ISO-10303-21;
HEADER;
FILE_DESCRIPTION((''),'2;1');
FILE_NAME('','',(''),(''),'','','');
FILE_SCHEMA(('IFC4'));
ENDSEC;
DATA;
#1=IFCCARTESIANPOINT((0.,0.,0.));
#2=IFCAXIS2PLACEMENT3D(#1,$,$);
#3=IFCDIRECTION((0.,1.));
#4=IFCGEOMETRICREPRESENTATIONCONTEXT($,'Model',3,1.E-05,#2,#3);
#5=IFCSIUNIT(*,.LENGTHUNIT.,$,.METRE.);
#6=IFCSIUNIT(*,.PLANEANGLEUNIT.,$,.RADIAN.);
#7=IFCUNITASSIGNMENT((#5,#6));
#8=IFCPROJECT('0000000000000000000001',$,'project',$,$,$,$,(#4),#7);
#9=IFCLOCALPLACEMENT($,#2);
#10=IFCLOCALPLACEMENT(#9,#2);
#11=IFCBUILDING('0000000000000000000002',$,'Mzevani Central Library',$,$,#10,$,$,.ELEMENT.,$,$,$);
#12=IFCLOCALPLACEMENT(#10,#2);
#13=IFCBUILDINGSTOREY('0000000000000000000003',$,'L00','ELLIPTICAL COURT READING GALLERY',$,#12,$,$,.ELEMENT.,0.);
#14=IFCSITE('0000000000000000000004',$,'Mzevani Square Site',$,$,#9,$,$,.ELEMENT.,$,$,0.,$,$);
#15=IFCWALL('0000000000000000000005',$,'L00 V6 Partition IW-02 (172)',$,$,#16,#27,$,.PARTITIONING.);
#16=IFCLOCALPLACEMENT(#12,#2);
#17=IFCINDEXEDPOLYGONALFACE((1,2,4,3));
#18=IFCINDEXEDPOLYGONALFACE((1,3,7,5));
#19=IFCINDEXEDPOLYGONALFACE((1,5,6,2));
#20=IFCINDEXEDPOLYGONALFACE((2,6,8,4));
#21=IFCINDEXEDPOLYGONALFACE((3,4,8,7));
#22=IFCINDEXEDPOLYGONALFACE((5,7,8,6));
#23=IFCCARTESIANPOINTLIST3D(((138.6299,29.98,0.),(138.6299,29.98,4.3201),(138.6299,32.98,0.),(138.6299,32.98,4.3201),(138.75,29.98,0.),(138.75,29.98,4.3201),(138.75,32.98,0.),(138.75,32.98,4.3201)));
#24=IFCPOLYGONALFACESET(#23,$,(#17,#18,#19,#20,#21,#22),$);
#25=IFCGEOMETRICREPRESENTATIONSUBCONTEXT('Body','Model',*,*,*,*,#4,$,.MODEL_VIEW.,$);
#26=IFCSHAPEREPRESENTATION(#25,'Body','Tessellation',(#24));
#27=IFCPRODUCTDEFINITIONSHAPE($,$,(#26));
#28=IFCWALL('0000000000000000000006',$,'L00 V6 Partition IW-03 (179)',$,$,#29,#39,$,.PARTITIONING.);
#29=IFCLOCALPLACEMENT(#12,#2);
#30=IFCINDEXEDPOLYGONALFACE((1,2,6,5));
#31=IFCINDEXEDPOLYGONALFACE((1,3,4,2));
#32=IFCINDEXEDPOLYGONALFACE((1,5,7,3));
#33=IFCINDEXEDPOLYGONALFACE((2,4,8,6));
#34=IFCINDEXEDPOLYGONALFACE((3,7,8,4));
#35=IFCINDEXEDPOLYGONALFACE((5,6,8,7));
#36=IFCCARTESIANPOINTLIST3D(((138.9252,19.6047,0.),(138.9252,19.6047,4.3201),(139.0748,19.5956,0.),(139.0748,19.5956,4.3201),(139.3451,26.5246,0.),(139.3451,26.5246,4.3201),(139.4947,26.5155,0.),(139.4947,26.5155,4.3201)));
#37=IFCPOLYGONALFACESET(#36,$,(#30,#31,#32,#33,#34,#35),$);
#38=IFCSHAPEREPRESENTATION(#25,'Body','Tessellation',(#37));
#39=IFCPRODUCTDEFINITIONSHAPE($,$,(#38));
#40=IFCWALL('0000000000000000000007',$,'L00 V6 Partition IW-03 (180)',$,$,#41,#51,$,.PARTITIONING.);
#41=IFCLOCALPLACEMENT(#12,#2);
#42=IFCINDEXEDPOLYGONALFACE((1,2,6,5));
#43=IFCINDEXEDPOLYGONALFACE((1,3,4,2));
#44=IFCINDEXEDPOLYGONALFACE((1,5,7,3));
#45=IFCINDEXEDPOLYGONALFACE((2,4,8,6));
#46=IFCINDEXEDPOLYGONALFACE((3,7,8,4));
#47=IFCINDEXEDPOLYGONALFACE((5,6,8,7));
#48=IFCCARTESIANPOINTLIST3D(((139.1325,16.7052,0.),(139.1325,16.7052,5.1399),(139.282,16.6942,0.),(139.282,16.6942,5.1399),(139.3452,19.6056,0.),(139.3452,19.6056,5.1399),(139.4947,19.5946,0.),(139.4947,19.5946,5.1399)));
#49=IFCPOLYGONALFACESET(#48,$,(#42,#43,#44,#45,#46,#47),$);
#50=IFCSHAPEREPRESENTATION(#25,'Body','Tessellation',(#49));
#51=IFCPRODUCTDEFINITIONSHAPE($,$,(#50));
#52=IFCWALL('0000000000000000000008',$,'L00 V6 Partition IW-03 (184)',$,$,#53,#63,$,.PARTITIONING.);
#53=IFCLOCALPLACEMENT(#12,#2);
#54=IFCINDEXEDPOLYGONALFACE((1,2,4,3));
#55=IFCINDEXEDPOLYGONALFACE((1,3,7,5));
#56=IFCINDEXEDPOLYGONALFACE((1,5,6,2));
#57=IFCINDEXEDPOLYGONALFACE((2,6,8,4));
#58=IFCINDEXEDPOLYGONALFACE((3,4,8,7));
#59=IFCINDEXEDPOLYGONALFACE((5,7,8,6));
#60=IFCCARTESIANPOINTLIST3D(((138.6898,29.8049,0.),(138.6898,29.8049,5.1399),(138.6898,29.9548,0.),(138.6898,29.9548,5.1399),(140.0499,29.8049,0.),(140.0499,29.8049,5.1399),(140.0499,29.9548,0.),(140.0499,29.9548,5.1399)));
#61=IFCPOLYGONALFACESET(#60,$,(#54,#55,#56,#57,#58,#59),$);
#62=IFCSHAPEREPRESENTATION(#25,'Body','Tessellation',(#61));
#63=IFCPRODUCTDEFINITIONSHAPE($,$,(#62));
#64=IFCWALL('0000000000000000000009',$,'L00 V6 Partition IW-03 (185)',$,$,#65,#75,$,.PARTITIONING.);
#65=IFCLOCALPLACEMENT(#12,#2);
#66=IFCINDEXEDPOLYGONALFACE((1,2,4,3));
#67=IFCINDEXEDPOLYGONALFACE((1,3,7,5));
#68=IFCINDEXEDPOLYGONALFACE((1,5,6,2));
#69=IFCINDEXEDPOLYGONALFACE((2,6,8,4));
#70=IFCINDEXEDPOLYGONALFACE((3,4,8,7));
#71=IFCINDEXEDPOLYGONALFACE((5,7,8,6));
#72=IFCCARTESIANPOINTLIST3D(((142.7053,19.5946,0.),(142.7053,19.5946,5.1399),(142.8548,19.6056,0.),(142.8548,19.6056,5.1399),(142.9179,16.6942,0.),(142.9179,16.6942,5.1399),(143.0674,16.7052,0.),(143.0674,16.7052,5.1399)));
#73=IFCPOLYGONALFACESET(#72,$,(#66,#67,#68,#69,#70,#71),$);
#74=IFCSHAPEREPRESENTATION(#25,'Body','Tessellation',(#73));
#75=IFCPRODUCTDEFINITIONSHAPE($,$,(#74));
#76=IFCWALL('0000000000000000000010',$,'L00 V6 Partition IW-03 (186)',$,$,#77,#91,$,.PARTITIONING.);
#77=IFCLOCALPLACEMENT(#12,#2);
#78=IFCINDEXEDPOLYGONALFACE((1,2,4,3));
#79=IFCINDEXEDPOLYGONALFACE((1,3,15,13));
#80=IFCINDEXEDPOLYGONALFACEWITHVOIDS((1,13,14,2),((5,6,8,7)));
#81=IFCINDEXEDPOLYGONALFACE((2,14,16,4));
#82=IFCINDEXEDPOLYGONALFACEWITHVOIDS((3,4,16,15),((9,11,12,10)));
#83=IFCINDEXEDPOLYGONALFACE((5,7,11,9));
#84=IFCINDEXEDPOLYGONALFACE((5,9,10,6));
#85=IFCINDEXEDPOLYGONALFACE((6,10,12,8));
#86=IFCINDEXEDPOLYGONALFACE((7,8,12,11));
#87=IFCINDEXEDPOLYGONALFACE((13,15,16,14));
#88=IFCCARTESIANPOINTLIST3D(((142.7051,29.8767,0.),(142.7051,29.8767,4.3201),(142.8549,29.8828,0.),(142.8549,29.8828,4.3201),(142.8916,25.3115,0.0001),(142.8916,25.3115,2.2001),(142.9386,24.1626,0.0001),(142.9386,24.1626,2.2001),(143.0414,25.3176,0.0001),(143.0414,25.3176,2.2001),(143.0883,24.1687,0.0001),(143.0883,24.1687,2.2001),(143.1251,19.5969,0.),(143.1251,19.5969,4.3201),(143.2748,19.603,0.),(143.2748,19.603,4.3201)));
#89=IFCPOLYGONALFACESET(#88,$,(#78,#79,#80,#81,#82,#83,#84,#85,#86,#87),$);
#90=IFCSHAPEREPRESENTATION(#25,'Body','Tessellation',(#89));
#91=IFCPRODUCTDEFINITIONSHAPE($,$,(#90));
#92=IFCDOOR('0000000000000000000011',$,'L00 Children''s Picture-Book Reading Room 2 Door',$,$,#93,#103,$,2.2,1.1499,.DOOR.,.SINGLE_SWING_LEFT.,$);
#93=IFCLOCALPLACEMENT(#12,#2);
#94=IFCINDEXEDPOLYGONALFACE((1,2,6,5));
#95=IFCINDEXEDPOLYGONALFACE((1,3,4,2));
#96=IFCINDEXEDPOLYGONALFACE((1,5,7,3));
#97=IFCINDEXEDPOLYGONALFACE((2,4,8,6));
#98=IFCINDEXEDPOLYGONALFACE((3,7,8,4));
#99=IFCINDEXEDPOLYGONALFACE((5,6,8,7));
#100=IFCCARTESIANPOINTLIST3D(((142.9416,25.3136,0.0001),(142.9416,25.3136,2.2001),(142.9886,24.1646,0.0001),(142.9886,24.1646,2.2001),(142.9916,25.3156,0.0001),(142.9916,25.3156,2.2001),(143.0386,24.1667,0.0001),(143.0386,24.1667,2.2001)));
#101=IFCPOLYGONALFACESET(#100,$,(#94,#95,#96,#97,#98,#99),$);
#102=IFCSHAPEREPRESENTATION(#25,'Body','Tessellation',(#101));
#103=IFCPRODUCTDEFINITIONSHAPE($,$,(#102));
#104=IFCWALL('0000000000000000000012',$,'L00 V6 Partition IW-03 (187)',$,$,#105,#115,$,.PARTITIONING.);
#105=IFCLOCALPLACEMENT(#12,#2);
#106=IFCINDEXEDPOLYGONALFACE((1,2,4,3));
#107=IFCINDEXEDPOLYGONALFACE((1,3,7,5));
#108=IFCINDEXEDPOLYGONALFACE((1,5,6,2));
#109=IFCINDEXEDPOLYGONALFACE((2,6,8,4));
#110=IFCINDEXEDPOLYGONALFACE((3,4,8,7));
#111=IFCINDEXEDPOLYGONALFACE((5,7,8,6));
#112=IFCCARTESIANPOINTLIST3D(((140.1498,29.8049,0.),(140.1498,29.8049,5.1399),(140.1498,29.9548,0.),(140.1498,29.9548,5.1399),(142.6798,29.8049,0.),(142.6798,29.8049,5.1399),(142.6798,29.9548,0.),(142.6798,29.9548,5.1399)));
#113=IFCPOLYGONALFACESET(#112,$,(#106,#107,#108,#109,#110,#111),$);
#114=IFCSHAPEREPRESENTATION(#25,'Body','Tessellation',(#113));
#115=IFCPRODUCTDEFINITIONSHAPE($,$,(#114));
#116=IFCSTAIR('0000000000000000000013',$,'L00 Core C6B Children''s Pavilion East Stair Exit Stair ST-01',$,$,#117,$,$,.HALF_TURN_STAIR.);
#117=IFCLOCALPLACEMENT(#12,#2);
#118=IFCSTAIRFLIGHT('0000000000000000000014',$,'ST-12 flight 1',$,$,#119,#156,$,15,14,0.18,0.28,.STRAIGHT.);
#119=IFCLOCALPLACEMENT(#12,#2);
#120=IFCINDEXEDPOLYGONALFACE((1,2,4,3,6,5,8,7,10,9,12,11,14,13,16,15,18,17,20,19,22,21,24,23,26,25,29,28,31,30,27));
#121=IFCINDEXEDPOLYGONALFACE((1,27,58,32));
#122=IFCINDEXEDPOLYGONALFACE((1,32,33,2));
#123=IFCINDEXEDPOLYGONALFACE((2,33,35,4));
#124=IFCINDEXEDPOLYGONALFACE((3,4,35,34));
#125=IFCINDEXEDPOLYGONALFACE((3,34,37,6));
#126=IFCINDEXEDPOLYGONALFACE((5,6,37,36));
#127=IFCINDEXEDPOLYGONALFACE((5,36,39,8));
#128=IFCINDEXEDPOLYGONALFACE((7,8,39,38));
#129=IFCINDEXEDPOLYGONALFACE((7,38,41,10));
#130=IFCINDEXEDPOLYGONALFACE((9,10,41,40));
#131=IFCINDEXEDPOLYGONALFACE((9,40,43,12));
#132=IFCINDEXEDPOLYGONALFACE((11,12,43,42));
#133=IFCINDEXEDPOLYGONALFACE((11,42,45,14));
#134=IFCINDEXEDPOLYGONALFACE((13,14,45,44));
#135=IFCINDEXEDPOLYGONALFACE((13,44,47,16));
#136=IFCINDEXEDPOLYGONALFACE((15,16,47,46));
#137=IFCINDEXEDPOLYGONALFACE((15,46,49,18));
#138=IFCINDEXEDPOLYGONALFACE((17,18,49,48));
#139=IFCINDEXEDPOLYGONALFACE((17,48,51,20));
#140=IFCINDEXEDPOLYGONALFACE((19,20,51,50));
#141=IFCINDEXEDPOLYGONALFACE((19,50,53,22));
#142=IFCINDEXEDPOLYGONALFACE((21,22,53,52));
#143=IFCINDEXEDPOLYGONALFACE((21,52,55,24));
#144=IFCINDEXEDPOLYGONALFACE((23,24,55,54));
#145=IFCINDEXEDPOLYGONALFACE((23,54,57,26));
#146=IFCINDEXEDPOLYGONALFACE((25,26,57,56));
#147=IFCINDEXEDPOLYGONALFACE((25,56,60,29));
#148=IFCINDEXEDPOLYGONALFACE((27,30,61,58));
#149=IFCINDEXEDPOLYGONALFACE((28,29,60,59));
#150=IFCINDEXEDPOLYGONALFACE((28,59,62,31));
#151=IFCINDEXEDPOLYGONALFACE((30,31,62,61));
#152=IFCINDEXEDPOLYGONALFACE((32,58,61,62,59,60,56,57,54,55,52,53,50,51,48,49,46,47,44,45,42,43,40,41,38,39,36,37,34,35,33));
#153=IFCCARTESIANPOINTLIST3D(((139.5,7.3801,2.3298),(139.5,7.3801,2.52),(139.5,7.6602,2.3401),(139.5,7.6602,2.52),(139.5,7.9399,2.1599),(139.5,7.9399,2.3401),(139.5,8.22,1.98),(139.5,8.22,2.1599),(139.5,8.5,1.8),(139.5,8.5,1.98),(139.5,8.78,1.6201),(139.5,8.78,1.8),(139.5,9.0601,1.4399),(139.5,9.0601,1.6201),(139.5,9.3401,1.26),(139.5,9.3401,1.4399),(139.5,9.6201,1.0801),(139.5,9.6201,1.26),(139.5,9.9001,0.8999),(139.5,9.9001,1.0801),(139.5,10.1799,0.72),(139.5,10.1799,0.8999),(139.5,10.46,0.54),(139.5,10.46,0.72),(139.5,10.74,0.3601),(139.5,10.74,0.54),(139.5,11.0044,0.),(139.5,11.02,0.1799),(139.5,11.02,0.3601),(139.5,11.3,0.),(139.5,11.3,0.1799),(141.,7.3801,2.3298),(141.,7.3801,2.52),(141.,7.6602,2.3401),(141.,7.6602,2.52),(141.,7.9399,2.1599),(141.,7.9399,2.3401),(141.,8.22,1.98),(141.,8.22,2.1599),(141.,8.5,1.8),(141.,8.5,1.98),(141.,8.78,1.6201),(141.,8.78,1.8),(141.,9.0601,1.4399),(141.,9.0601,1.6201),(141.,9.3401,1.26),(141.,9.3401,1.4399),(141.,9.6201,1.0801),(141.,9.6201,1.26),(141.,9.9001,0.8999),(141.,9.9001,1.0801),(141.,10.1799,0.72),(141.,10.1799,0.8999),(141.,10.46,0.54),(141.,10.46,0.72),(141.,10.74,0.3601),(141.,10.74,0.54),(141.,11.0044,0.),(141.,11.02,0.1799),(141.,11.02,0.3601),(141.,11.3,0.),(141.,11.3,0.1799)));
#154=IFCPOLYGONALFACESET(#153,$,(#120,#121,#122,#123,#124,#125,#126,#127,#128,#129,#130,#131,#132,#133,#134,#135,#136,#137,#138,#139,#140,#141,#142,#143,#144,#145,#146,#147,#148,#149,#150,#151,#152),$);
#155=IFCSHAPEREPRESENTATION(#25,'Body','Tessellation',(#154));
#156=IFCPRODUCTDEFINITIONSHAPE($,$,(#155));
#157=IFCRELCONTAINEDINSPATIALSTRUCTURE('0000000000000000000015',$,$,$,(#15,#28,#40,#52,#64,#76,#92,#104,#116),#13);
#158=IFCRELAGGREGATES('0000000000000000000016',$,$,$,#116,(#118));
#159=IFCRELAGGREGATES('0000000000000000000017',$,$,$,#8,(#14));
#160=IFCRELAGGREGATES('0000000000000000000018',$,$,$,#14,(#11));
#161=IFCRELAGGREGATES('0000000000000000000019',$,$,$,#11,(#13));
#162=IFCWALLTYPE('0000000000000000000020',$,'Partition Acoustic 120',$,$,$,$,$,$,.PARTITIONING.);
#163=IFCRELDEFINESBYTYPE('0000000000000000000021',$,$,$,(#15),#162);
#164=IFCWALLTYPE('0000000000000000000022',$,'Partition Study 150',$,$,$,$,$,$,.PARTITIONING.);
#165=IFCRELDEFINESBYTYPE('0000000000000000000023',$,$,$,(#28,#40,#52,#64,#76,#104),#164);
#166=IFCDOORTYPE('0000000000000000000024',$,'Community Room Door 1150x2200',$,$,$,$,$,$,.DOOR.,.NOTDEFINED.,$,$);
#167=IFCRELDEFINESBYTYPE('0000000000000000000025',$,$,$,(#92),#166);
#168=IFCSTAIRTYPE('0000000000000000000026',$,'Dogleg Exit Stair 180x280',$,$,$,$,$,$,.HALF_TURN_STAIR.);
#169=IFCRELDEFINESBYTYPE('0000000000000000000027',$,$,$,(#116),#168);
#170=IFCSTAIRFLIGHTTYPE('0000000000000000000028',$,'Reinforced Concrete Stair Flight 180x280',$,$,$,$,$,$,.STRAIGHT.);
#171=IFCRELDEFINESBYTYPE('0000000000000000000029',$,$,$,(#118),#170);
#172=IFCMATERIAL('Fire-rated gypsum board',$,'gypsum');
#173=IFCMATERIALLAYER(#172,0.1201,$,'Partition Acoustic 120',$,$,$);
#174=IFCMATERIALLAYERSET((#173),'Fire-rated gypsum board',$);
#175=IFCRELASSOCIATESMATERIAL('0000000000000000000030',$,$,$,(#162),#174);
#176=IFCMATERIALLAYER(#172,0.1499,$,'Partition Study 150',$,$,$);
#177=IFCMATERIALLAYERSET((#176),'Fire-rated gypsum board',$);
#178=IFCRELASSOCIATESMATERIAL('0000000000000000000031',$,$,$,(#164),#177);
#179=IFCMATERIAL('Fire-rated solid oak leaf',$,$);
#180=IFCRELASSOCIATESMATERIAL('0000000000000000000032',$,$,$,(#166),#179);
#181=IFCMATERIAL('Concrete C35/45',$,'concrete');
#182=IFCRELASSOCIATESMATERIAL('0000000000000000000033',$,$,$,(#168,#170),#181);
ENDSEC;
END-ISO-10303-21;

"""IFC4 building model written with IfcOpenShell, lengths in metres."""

from ifc_helpers import new_model, si_unit, direction, frame, frame_2d, origin, place, context, subcontext, project, spatial, polyline, rectangle, outline, extrude, material, layer, layer_set, type_object, element, fill, aggregate, save


model = new_model("IFC4")

# Units and contexts
model_context = context("Model", 3, precision=1e-05, world=origin(), true_north=direction((0.0, 1.0)))
body_context = subcontext(model_context, "Body", "Model", "MODEL_VIEW")
ifc_project = project(units=[si_unit("LENGTHUNIT", "METRE"), si_unit("PLANEANGLEUNIT", "RADIAN")], contexts=[model_context])

# Site, building, storey
site_placement = place(None, origin())
site = spatial("IfcSite", under=ifc_project, at=site_placement, Name="Mzevani Square Site", CompositionType="ELEMENT", RefElevation=0.0)
building_placement = place(site_placement, origin())
building = spatial("IfcBuilding", under=site, at=building_placement, Name="Mzevani Central Library", CompositionType="ELEMENT")
storey_placement = place(building_placement, origin())
storey = spatial("IfcBuildingStorey", under=building, at=storey_placement, Name="L00", Description="ELLIPTICAL COURT READING GALLERY", CompositionType="ELEMENT", Elevation=0.0)

# Shared definitions
ifc_material_1 = material(Name="Concrete C35/45", Category="concrete")

# Shared definitions
ifc_material_2 = material(Name="Fire-rated gypsum board", Category="gypsum")
ifc_layer_1 = layer(ifc_material_2, 0.1201, Name="Partition Acoustic 120")
ifc_layer_set_1 = layer_set([ifc_layer_1], Name="Fire-rated gypsum board")
wall_type_1 = type_object("IfcWallType", Name="Partition Acoustic 120", PredefinedType="PARTITIONING", material=ifc_layer_set_1)
ifc_material_3 = material(Name="Fire-rated solid oak leaf")

# Walls
wall_1_placement = place(storey_placement, frame((138.6899, 32.98, 0.0), z_axis=(0.0, 0.0, 1.0), x_axis=(0.0, -1.0, 0.0)))
element("IfcWall", 1, at=wall_1_placement, inside=storey, type_object=wall_type_1, Name="L00 V6 Partition IW-02 (172)", PredefinedType="PARTITIONING", context=body_context, shape_type="SweptSolid", body=[
    extrude(rectangle(XDim=3.0, YDim=0.1201, at=frame_2d((1.5, 0.0))), origin(), (0.0, 0.0, 1.0), 4.3201),
])
ifc_layer_2 = layer(ifc_material_2, 0.1499, Name="Partition Study 150")
ifc_layer_set_2 = layer_set([ifc_layer_2], Name="Fire-rated gypsum board")
wall_type_2 = type_object("IfcWallType", Name="Partition Study 150", PredefinedType="PARTITIONING", material=ifc_layer_set_2)
wall_2_placement = place(storey_placement, frame((139.4199, 26.52, 0.0), z_axis=(0.0, 0.0, 1.0), x_axis=(-0.060572, -0.998164, 0.0)))
element("IfcWall", 2, at=wall_2_placement, inside=storey, type_object=wall_type_2, Name="L00 V6 Partition IW-03 (179)", PredefinedType="PARTITIONING", context=body_context, shape_type="SweptSolid", body=[
    extrude(rectangle(XDim=6.9326, YDim=0.1499, at=frame_2d((3.4663, 0.0))), origin(), (0.0, 0.0, 1.0), 4.3201),
])
wall_3_placement = place(storey_placement, frame((139.4199, 19.6001, 0.0), z_axis=(0.0, 0.0, 1.0), x_axis=(-0.07312, -0.997323, 0.0)))
element("IfcWall", 3, at=wall_3_placement, inside=storey, type_object=wall_type_2, Name="L00 V6 Partition IW-03 (180)", PredefinedType="PARTITIONING", context=body_context, shape_type="SweptSolid", body=[
    extrude(rectangle(XDim=2.9082, YDim=0.1499, at=frame_2d((1.4541, 0.0))), origin(), (0.0, 0.0, 1.0), 5.1399),
])
wall_4_placement = place(storey_placement, frame((140.05, 29.8799, 0.0), z_axis=(0.0, 0.0, 1.0), x_axis=(-1.0, 0.0, 0.0)))
element("IfcWall", 4, at=wall_4_placement, inside=storey, type_object=wall_type_2, Name="L00 V6 Partition IW-03 (184)", PredefinedType="PARTITIONING", context=body_context, shape_type="SweptSolid", body=[
    extrude(rectangle(XDim=1.3601, YDim=0.1499, at=frame_2d((0.6802, 0.0))), origin(), (0.0, 0.0, 1.0), 5.1399),
])
wall_5_placement = place(storey_placement, frame((142.9927, 16.6997, 0.0), z_axis=(0.0, 0.0, 1.0), x_axis=(-0.07312, 0.997323, 0.0)))
element("IfcWall", 5, at=wall_5_placement, inside=storey, type_object=wall_type_2, Name="L00 V6 Partition IW-03 (185)", PredefinedType="PARTITIONING", context=body_context, shape_type="SweptSolid", body=[
    extrude(rectangle(XDim=2.9082, YDim=0.1499, at=frame_2d((1.4541, 0.0))), origin(), (0.0, 0.0, 1.0), 5.1399),
])

# Wall, opening, door
wall_6_placement = place(storey_placement, frame((143.2, 19.6001, 0.0), z_axis=(0.0, 0.0, 1.0), x_axis=(-0.040815, 0.999167, 0.0)))
wall_6 = element("IfcWall", 6, at=wall_6_placement, inside=storey, type_object=wall_type_2, Name="L00 V6 Partition IW-03 (186)", PredefinedType="PARTITIONING", context=body_context, shape_type="SweptSolid", body=[
    extrude(rectangle(XDim=10.2883, YDim=0.1499, at=frame_2d((5.144, 0.0))), origin(), (0.0, 0.0, 1.0), 4.3201),
])
opening_1_placement = place(wall_6_placement, frame((4.5693, 0.0, 0.0)))
opening_1 = element("IfcOpeningElement", 7, at=opening_1_placement, cuts=wall_6, PredefinedType="OPENING", context=body_context, shape_type="SweptSolid", body=[
    extrude(rectangle(XDim=1.1499, YDim=2.2, at=frame_2d((0.575, 1.1001))), frame((0.0, 0.085, 0.0), z_axis=(0.0, -1.0, 0.0), x_axis=(1.0, 0.0, 0.0)), (0.0, 0.0, 1.0), 0.1699),
])
door_type_1 = type_object("IfcDoorType", Name="Community Room Door 1150x2200", OperationType="NOTDEFINED", PredefinedType="DOOR", material=ifc_material_3)
door_1_placement = place(opening_1_placement, origin())
door_1 = element("IfcDoor", 8, at=door_1_placement, inside=storey, type_object=door_type_1, Name="L00 Children's Picture-Book Reading Room 2 Door", OperationType="SINGLE_SWING_LEFT", OverallHeight=2.2, OverallWidth=1.1499, PredefinedType="DOOR", context=body_context, shape_type="SweptSolid", body=[
    extrude(rectangle(XDim=1.1499, YDim=2.2, at=frame_2d((0.575, 1.1001))), frame((0.0, 0.0249, 0.0), z_axis=(0.0, -1.0, 0.0), x_axis=(1.0, 0.0, 0.0)), (0.0, 0.0, 1.0), 0.05),
])
fill(opening_1, door_1)

# Wall
wall_7_placement = place(storey_placement, frame((142.6799, 29.8799, 0.0), z_axis=(0.0, 0.0, 1.0), x_axis=(-1.0, 0.0, 0.0)))
element("IfcWall", 9, at=wall_7_placement, inside=storey, type_object=wall_type_2, Name="L00 V6 Partition IW-03 (187)", PredefinedType="PARTITIONING", context=body_context, shape_type="SweptSolid", body=[
    extrude(rectangle(XDim=2.53, YDim=0.1499, at=frame_2d((1.2651, 0.0))), origin(), (0.0, 0.0, 1.0), 5.1399),
])

# Stair, stair flight
stair_type = type_object("IfcStairType", Name="Dogleg Exit Stair 180x280", PredefinedType="HALF_TURN_STAIR", material=ifc_material_1)
stair_placement = place(storey_placement, origin())
stair = element("IfcStair", 10, at=stair_placement, inside=storey, type_object=stair_type, Name="L00 Core C6B Children's Pavilion East Stair Exit Stair ST-01", PredefinedType="HALF_TURN_STAIR")
stair_flight_type = type_object("IfcStairFlightType", Name="Reinforced Concrete Stair Flight 180x280", PredefinedType="STRAIGHT", material=ifc_material_1)
stair_flight_1_placement = place(storey_placement, frame((140.25, 11.3, 0.0), z_axis=(0.0, 0.0, 1.0), x_axis=(0.0, -1.0, 0.0)))
stair_flight_1 = element("IfcStairFlight", 11, at=stair_flight_1_placement, type_object=stair_flight_type, Name="ST-12 flight 1", NumberOfRisers=15, NumberOfTreads=14, PredefinedType="STRAIGHT", RiserHeight=0.18, TreadLength=0.28, context=body_context, shape_type="SweptSolid", body=[
    extrude(outline(polyline([(0.0, 0.0), (0.0, 0.1799), (0.28, 0.1799), (0.28, 0.3601), (0.5601, 0.3601), (0.5601, 0.54), (0.8401, 0.54), (0.8401, 0.72), (1.1201, 0.72), (1.1201, 0.8999), (1.3999, 0.8999), (1.3999, 1.0801), (1.6799, 1.0801), (1.6799, 1.26), (1.96, 1.26), (1.96, 1.4399), (2.24, 1.4399), (2.24, 1.6201), (2.52, 1.6201), (2.52, 1.8), (2.8, 1.8), (2.8, 1.98), (3.0801, 1.98), (3.0801, 2.1599), (3.3601, 2.1599), (3.3601, 2.3401), (3.6399, 2.3401), (3.6399, 2.52), (3.9199, 2.52), (3.9199, 2.7), (3.9199, 2.3298), (0.2957, 0.0), (0.0, 0.0)])), frame((0.0, 0.75, 0.0), z_axis=(0.0, -1.0, 0.0), x_axis=(1.0, 0.0, 0.0)), (0.0, 0.0, 1.0), 1.5),
])
aggregate(stair, [stair_flight_1])

save(model, "model.ifc")
